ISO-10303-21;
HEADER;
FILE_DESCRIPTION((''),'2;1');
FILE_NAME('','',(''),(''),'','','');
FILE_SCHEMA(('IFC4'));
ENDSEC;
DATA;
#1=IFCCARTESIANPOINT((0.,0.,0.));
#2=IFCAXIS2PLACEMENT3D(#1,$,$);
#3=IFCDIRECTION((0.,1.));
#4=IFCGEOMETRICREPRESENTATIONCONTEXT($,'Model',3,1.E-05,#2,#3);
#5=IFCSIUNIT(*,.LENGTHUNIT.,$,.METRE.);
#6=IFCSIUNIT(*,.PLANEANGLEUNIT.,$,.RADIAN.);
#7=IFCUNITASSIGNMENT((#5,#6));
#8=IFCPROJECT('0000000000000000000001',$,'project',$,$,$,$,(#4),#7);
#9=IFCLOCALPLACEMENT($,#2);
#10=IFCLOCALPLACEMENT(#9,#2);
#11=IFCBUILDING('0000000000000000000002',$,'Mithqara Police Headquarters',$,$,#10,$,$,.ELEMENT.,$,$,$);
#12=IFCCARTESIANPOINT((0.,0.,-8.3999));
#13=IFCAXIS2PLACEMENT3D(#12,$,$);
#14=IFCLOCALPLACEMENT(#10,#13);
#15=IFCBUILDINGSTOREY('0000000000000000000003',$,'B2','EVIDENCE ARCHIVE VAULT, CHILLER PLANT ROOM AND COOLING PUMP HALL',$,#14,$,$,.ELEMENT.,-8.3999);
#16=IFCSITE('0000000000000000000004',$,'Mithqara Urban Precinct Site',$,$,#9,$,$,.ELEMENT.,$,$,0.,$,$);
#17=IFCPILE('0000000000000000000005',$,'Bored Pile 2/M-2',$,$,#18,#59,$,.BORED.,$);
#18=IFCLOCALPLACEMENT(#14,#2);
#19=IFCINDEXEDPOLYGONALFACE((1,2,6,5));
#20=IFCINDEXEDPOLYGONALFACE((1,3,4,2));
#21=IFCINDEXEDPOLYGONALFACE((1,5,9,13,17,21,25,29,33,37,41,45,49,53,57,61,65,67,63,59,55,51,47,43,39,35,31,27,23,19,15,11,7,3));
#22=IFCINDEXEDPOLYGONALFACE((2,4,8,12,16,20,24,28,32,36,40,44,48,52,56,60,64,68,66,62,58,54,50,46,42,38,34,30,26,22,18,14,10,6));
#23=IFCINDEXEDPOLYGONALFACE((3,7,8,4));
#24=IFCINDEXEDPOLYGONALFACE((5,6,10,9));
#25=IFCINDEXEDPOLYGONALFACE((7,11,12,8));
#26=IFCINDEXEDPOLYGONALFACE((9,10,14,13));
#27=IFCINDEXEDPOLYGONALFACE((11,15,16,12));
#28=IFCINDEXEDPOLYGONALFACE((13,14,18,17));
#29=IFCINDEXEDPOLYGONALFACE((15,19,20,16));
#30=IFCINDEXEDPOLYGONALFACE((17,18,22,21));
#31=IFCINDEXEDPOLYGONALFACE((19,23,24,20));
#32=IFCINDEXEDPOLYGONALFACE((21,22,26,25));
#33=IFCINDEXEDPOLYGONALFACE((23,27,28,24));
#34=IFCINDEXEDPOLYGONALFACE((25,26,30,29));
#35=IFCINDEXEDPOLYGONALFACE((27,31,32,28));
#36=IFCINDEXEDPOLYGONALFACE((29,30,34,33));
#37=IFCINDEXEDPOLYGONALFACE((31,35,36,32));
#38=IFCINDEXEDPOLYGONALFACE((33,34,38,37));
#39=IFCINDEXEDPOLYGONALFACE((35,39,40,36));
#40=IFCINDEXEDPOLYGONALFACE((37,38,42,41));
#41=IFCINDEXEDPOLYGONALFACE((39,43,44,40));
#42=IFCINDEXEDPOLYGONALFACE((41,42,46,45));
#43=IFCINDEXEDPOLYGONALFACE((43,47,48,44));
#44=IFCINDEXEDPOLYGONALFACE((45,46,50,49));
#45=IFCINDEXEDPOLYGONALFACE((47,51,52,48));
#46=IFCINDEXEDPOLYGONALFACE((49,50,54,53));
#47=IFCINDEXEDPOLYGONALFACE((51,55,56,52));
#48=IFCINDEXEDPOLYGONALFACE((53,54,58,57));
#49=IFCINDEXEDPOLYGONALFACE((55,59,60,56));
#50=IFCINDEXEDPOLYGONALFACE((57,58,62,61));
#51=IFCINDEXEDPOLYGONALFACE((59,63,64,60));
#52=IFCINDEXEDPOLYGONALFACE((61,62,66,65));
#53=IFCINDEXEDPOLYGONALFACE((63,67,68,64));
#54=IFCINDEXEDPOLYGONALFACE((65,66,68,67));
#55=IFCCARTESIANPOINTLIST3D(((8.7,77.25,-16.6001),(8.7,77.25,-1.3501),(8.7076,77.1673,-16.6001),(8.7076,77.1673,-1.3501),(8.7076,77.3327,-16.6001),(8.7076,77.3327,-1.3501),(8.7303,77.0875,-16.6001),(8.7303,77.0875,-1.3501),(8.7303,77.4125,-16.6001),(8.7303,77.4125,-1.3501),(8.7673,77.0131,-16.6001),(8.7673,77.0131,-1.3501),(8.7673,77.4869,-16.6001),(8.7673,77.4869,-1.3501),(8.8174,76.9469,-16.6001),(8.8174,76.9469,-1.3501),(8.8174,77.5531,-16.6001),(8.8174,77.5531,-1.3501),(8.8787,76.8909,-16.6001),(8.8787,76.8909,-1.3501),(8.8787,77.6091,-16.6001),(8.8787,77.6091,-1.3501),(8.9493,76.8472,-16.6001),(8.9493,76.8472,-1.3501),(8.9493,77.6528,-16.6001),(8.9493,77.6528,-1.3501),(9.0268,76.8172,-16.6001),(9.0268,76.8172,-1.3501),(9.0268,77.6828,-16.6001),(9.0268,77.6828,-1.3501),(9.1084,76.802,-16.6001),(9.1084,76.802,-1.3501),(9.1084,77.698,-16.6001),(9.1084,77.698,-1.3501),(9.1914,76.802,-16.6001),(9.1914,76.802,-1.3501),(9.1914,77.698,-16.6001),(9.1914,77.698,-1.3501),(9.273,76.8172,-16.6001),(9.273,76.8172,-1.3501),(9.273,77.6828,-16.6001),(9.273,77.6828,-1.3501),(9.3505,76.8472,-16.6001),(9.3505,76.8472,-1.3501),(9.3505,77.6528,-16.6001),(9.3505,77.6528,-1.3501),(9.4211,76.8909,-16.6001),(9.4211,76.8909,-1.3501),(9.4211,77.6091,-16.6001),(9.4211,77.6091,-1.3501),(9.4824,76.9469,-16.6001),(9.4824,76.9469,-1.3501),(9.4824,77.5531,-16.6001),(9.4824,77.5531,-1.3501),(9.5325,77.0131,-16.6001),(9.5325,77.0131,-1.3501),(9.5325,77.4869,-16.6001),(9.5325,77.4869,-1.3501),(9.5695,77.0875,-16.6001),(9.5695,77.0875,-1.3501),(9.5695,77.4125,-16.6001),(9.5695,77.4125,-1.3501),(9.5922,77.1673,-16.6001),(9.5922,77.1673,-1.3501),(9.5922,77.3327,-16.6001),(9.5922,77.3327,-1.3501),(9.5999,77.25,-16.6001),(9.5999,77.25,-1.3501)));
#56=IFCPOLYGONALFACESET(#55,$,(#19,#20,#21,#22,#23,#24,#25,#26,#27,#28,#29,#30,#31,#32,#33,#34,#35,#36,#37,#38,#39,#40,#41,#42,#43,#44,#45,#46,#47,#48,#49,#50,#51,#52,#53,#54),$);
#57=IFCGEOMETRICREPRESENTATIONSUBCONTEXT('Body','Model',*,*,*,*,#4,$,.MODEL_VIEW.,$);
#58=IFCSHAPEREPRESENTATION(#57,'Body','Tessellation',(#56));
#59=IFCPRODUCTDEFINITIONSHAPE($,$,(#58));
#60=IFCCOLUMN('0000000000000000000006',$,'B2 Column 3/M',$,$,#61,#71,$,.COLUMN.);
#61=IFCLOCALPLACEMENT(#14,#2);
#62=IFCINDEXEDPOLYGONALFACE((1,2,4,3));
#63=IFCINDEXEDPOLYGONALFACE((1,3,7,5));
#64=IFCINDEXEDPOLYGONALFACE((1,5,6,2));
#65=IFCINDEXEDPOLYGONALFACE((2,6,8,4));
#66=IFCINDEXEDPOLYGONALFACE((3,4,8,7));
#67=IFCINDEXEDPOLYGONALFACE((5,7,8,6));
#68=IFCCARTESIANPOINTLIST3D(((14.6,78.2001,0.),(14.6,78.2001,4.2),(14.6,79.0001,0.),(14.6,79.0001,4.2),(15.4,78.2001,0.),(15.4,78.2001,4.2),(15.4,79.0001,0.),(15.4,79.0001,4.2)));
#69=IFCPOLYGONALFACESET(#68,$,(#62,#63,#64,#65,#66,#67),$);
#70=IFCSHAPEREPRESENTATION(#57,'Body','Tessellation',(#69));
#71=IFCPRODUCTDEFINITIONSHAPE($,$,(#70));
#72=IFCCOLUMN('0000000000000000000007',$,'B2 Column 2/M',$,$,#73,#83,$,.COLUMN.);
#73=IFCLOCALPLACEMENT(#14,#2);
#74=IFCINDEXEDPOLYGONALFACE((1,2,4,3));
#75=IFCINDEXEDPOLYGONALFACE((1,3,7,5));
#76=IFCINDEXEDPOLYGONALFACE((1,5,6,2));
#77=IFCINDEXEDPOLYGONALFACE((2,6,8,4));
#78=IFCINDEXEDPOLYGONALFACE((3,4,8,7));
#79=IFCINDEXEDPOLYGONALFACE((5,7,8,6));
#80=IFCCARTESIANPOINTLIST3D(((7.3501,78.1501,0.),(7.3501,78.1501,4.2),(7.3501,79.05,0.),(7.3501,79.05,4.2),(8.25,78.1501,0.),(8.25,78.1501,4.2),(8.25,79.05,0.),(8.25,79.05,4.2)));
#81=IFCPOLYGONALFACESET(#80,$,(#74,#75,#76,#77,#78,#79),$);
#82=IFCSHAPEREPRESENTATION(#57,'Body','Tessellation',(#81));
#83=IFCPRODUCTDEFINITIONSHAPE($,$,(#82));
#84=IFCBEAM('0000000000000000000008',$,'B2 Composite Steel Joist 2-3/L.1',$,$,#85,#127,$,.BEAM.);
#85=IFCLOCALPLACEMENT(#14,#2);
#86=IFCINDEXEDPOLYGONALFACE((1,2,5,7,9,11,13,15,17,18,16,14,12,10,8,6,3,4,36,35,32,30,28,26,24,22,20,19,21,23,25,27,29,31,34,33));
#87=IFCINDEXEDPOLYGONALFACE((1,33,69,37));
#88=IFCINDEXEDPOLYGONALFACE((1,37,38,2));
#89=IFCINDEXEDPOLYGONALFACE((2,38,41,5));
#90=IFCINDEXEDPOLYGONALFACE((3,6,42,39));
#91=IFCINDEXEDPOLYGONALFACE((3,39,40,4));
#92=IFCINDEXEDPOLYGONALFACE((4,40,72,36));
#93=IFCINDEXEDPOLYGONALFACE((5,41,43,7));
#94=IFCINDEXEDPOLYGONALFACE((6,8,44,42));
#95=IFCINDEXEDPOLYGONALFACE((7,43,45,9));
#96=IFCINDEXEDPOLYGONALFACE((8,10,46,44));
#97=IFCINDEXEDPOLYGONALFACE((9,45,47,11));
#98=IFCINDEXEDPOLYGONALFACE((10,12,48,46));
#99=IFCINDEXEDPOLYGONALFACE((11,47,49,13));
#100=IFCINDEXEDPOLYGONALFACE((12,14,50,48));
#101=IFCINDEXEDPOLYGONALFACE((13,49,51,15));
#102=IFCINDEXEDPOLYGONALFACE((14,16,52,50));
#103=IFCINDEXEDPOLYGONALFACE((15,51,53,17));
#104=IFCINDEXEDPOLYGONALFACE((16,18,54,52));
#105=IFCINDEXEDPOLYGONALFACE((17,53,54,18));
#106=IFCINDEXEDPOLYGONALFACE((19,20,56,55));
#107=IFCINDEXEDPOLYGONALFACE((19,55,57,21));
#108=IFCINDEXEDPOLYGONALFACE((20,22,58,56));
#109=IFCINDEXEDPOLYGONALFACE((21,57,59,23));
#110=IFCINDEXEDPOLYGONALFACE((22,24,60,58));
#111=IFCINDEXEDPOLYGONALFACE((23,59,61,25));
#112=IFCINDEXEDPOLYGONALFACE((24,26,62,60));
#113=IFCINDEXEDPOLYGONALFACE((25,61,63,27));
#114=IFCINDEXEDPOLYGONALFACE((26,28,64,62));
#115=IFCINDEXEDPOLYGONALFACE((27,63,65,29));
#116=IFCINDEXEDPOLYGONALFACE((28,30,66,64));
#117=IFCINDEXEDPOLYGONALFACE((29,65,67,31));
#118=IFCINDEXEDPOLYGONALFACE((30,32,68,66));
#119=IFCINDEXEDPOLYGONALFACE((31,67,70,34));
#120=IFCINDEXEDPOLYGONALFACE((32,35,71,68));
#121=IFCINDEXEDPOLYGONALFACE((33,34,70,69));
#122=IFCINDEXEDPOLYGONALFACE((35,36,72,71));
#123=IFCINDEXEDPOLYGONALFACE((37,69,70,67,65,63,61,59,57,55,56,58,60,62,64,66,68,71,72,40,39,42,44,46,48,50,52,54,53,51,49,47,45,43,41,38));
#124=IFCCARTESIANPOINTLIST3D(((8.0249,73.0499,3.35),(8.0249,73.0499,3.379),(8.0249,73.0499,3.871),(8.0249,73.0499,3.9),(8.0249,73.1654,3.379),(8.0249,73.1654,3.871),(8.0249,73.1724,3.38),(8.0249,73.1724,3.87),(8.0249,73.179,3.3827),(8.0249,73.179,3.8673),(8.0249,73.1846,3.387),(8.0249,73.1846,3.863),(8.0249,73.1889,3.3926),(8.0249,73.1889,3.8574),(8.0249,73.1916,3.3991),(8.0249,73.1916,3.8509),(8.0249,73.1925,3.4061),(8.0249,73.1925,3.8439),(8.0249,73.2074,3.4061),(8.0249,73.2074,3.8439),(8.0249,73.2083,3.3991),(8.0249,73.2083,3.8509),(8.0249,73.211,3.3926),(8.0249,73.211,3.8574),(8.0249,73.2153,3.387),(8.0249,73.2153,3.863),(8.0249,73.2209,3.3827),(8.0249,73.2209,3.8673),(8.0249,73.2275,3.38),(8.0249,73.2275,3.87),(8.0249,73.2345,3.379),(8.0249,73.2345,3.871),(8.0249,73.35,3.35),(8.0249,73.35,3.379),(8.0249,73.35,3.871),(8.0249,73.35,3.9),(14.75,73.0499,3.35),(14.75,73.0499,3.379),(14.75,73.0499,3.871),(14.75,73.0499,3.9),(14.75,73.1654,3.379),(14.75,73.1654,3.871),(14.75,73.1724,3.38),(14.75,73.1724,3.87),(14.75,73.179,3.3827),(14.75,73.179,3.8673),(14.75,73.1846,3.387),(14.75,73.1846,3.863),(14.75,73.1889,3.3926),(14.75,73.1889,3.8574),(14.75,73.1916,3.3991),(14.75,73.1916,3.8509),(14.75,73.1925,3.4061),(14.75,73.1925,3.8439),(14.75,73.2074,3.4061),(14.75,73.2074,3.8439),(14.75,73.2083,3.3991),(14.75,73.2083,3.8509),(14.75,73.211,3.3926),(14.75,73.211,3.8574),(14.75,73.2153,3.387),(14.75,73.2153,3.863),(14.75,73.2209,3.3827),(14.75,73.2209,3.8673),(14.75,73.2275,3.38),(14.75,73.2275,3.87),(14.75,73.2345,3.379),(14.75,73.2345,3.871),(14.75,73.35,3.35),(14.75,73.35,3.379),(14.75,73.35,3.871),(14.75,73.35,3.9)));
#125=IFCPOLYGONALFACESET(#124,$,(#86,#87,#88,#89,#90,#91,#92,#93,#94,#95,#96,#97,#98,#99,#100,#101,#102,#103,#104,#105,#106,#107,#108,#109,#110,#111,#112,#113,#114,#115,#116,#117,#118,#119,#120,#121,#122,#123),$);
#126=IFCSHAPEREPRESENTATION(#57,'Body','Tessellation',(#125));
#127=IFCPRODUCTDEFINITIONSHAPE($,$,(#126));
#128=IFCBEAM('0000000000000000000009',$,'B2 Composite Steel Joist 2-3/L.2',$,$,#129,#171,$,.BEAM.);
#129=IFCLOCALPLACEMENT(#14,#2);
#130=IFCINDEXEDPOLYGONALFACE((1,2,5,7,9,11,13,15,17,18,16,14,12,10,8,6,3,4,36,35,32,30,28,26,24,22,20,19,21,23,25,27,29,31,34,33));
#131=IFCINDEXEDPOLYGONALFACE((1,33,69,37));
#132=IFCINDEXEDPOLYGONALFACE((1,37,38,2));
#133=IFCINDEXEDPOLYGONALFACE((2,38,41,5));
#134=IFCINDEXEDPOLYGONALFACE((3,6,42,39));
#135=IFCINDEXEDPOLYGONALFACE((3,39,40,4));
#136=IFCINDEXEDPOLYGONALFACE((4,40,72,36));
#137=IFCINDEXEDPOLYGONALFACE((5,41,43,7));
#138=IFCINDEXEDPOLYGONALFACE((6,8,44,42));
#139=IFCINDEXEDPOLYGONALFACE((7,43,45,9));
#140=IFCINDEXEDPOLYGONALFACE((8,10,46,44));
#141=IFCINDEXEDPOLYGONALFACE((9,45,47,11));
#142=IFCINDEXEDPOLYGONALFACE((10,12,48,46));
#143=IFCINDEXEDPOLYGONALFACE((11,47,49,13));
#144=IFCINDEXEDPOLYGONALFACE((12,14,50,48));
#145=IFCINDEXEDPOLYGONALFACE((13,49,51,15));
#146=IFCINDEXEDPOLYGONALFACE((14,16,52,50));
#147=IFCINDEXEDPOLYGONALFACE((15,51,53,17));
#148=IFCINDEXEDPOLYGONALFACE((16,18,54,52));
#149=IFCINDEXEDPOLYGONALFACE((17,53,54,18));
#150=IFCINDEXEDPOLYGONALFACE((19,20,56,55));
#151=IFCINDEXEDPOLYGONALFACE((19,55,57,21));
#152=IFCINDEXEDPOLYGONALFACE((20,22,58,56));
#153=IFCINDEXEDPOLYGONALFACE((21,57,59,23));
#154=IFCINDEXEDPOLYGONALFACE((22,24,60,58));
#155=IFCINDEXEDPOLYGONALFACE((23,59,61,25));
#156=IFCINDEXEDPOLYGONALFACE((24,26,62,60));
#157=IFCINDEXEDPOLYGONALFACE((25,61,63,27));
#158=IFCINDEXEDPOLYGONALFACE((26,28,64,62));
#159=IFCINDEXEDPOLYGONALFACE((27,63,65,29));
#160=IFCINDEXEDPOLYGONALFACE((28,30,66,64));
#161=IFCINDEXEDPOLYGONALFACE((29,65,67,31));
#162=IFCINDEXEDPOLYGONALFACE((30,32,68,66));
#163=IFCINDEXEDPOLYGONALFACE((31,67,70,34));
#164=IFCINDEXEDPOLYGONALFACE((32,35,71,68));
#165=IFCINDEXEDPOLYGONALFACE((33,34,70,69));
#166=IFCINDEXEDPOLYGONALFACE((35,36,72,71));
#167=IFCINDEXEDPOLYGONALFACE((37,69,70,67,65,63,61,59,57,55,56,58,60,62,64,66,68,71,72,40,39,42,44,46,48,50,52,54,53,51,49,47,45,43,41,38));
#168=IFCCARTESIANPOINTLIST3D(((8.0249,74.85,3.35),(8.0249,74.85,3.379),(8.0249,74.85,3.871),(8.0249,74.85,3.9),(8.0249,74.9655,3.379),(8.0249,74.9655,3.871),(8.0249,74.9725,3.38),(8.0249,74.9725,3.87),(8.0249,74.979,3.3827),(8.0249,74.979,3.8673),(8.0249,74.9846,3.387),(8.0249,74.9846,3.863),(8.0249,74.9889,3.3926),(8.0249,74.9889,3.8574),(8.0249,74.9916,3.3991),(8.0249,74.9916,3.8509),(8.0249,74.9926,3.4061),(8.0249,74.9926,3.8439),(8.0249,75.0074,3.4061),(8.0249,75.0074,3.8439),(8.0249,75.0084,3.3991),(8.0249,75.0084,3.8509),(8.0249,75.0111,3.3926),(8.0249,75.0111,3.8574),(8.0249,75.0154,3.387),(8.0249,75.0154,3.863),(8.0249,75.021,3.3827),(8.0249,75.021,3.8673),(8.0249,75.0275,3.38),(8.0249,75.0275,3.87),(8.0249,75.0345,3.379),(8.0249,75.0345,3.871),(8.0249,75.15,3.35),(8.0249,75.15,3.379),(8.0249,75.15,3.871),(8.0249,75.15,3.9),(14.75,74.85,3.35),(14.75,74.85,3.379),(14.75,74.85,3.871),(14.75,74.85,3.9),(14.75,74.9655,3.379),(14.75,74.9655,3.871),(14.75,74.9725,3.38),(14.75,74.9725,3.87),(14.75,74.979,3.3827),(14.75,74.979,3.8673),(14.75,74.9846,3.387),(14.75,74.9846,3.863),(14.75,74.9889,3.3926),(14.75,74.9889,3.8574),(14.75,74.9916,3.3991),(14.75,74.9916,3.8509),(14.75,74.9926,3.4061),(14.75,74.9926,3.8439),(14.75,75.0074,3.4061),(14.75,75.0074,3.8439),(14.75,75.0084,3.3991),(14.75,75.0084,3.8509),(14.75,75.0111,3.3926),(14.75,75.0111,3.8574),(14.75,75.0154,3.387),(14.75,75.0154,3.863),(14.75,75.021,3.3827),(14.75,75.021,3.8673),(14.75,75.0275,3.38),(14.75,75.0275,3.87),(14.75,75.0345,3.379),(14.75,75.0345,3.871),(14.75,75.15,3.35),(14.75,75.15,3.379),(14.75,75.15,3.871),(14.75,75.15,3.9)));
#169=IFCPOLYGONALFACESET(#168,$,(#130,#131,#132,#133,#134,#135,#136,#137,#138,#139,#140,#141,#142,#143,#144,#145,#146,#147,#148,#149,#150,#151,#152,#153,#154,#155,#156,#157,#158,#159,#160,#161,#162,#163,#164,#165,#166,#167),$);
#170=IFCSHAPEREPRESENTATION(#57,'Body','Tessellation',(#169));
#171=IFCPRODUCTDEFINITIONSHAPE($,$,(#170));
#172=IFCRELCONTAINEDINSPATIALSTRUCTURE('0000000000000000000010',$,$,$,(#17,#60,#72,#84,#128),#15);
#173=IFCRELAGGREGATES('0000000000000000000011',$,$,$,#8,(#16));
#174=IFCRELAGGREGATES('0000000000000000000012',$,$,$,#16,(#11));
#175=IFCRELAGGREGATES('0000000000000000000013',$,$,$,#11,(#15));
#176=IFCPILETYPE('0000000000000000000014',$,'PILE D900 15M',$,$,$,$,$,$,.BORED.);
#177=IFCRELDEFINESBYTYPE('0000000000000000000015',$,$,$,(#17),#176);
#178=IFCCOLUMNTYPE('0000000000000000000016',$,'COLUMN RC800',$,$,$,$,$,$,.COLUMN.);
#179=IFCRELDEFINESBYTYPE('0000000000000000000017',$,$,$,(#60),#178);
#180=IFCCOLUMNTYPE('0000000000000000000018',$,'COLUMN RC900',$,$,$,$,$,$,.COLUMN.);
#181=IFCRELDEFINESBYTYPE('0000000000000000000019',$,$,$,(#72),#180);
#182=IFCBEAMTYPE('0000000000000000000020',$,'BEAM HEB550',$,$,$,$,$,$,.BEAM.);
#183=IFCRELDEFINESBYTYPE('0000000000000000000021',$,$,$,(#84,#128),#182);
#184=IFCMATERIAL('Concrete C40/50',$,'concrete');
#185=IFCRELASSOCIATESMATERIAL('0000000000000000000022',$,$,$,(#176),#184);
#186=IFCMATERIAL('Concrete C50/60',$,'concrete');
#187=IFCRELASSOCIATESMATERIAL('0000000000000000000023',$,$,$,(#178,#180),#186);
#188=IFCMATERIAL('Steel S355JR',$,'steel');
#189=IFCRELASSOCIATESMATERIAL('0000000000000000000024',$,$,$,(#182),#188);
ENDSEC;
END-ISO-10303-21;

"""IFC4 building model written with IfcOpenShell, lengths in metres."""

from ifc_helpers import new_model, si_unit, direction, frame, origin, origin_2d, place, context, subcontext, project, spatial, rectangle, circle, i_section, extrude, material, material_profile, profile_set, type_object, element, save


model = new_model("IFC4")

# Units and contexts
model_context = context("Model", 3, precision=1e-05, world=origin(), true_north=direction((0.0, 1.0)))
body_context = subcontext(model_context, "Body", "Model", "MODEL_VIEW")
ifc_project = project(units=[si_unit("LENGTHUNIT", "METRE"), si_unit("PLANEANGLEUNIT", "RADIAN")], contexts=[model_context])

# Site, building, storey
site_placement = place(None, origin())
site = spatial("IfcSite", under=ifc_project, at=site_placement, Name="Mithqara Urban Precinct Site", CompositionType="ELEMENT", RefElevation=0.0)
building_placement = place(site_placement, origin())
building = spatial("IfcBuilding", under=site, at=building_placement, Name="Mithqara Police Headquarters", CompositionType="ELEMENT")
storey_placement = place(building_placement, frame((0.0, 0.0, -8.3999)))
storey = spatial("IfcBuildingStorey", under=building, at=storey_placement, Name="B2", Description="EVIDENCE ARCHIVE VAULT, CHILLER PLANT ROOM AND COOLING PUMP HALL", CompositionType="ELEMENT", Elevation=-8.3999)

# Shared definitions
ifc_material_1 = material(Name="Concrete C40/50", Category="concrete")

# Pile
ifc_material_profile_1 = material_profile(ifc_material_1, circle(Radius=0.45, at=origin_2d()), Name="PILE D900")
ifc_profile_set_1 = profile_set([ifc_material_profile_1], Name="Concrete C40/50")
pile_type_1 = type_object("IfcPileType", Name="PILE D900 15M", PredefinedType="BORED", material=ifc_profile_set_1)
for number, where, z_axis, x_axis, name in (
    (1, (9.1499, 77.25, -1.3501), (0.0, 0.0, -1.0), (1.0, 0.0, 0.0), "Bored Pile 2/M-2"),
):
    element("IfcPile", number, at=place(storey_placement, frame(where, z_axis=z_axis, x_axis=x_axis)), inside=storey, type_object=pile_type_1, Name=name, PredefinedType="BORED", context=body_context, shape_type="SweptSolid", body=[
        extrude(circle(Radius=0.45, at=origin_2d()), origin(), (0.0, 0.0, 1.0), 15.25),
    ])

# Columns
ifc_material_2 = material(Name="Concrete C50/60", Category="concrete")
ifc_material_profile_2 = material_profile(ifc_material_2, rectangle(XDim=0.8, YDim=0.8, at=origin_2d()), Name="RC 800x800")
ifc_profile_set_2 = profile_set([ifc_material_profile_2], Name="Concrete C50/60")
column_type_1 = type_object("IfcColumnType", Name="COLUMN RC800", PredefinedType="COLUMN", material=ifc_profile_set_2)
column_1_placement = place(storey_placement, frame((15.0, 78.6001, 0.0), z_axis=(0.0, 0.0, 1.0), x_axis=(1.0, 0.0, 0.0)))
element("IfcColumn", 2, at=column_1_placement, inside=storey, type_object=column_type_1, Name="B2 Column 3/M", PredefinedType="COLUMN", context=body_context, shape_type="SweptSolid", body=[
    extrude(rectangle(XDim=0.8, YDim=0.8, at=origin_2d()), origin(), (0.0, 0.0, 1.0), 4.2),
])
ifc_material_profile_3 = material_profile(ifc_material_2, rectangle(XDim=0.8999, YDim=0.8999, at=origin_2d()), Name="RC 900x900")
ifc_profile_set_3 = profile_set([ifc_material_profile_3], Name="Concrete C50/60")
column_type_2 = type_object("IfcColumnType", Name="COLUMN RC900", PredefinedType="COLUMN", material=ifc_profile_set_3)
column_2_placement = place(storey_placement, frame((7.8, 78.6001, 0.0), z_axis=(0.0, 0.0, 1.0), x_axis=(1.0, 0.0, 0.0)))
element("IfcColumn", 3, at=column_2_placement, inside=storey, type_object=column_type_2, Name="B2 Column 2/M", PredefinedType="COLUMN", context=body_context, shape_type="SweptSolid", body=[
    extrude(rectangle(XDim=0.8999, YDim=0.8999, at=origin_2d()), origin(), (0.0, 0.0, 1.0), 4.2),
])

# Beams
ifc_material_3 = material(Name="Steel S355JR", Category="steel")
ifc_material_profile_4 = material_profile(ifc_material_3, i_section(OverallWidth=0.3, OverallDepth=0.55, WebThickness=0.0149, FlangeThickness=0.0291, FilletRadius=0.0271, at=origin_2d()), Name="HEB 550")
ifc_profile_set_4 = profile_set([ifc_material_profile_4], Name="Steel S355JR")
beam_type_1 = type_object("IfcBeamType", Name="BEAM HEB550", PredefinedType="BEAM", material=ifc_profile_set_4)
for number, where, z_axis, x_axis, name in (
    (4, (8.0249, 73.2, 3.625), (1.0, 0.0, 0.0), (0.0, 1.0, 0.0), "B2 Composite Steel Joist 2-3/L.1"),
    (5, (8.0249, 75.0, 3.625), (1.0, 0.0, 0.0), (0.0, 1.0, 0.0), "B2 Composite Steel Joist 2-3/L.2"),
):
    element("IfcBeam", number, at=place(storey_placement, frame(where, z_axis=z_axis, x_axis=x_axis)), inside=storey, type_object=beam_type_1, Name=name, PredefinedType="BEAM", context=body_context, shape_type="SweptSolid", body=[
        extrude(i_section(OverallWidth=0.3, OverallDepth=0.55, WebThickness=0.0149, FlangeThickness=0.0291, FilletRadius=0.0271, at=origin_2d()), origin(), (0.0, 0.0, 1.0), 6.7251),
    ])

save(model, "model.ifc")
